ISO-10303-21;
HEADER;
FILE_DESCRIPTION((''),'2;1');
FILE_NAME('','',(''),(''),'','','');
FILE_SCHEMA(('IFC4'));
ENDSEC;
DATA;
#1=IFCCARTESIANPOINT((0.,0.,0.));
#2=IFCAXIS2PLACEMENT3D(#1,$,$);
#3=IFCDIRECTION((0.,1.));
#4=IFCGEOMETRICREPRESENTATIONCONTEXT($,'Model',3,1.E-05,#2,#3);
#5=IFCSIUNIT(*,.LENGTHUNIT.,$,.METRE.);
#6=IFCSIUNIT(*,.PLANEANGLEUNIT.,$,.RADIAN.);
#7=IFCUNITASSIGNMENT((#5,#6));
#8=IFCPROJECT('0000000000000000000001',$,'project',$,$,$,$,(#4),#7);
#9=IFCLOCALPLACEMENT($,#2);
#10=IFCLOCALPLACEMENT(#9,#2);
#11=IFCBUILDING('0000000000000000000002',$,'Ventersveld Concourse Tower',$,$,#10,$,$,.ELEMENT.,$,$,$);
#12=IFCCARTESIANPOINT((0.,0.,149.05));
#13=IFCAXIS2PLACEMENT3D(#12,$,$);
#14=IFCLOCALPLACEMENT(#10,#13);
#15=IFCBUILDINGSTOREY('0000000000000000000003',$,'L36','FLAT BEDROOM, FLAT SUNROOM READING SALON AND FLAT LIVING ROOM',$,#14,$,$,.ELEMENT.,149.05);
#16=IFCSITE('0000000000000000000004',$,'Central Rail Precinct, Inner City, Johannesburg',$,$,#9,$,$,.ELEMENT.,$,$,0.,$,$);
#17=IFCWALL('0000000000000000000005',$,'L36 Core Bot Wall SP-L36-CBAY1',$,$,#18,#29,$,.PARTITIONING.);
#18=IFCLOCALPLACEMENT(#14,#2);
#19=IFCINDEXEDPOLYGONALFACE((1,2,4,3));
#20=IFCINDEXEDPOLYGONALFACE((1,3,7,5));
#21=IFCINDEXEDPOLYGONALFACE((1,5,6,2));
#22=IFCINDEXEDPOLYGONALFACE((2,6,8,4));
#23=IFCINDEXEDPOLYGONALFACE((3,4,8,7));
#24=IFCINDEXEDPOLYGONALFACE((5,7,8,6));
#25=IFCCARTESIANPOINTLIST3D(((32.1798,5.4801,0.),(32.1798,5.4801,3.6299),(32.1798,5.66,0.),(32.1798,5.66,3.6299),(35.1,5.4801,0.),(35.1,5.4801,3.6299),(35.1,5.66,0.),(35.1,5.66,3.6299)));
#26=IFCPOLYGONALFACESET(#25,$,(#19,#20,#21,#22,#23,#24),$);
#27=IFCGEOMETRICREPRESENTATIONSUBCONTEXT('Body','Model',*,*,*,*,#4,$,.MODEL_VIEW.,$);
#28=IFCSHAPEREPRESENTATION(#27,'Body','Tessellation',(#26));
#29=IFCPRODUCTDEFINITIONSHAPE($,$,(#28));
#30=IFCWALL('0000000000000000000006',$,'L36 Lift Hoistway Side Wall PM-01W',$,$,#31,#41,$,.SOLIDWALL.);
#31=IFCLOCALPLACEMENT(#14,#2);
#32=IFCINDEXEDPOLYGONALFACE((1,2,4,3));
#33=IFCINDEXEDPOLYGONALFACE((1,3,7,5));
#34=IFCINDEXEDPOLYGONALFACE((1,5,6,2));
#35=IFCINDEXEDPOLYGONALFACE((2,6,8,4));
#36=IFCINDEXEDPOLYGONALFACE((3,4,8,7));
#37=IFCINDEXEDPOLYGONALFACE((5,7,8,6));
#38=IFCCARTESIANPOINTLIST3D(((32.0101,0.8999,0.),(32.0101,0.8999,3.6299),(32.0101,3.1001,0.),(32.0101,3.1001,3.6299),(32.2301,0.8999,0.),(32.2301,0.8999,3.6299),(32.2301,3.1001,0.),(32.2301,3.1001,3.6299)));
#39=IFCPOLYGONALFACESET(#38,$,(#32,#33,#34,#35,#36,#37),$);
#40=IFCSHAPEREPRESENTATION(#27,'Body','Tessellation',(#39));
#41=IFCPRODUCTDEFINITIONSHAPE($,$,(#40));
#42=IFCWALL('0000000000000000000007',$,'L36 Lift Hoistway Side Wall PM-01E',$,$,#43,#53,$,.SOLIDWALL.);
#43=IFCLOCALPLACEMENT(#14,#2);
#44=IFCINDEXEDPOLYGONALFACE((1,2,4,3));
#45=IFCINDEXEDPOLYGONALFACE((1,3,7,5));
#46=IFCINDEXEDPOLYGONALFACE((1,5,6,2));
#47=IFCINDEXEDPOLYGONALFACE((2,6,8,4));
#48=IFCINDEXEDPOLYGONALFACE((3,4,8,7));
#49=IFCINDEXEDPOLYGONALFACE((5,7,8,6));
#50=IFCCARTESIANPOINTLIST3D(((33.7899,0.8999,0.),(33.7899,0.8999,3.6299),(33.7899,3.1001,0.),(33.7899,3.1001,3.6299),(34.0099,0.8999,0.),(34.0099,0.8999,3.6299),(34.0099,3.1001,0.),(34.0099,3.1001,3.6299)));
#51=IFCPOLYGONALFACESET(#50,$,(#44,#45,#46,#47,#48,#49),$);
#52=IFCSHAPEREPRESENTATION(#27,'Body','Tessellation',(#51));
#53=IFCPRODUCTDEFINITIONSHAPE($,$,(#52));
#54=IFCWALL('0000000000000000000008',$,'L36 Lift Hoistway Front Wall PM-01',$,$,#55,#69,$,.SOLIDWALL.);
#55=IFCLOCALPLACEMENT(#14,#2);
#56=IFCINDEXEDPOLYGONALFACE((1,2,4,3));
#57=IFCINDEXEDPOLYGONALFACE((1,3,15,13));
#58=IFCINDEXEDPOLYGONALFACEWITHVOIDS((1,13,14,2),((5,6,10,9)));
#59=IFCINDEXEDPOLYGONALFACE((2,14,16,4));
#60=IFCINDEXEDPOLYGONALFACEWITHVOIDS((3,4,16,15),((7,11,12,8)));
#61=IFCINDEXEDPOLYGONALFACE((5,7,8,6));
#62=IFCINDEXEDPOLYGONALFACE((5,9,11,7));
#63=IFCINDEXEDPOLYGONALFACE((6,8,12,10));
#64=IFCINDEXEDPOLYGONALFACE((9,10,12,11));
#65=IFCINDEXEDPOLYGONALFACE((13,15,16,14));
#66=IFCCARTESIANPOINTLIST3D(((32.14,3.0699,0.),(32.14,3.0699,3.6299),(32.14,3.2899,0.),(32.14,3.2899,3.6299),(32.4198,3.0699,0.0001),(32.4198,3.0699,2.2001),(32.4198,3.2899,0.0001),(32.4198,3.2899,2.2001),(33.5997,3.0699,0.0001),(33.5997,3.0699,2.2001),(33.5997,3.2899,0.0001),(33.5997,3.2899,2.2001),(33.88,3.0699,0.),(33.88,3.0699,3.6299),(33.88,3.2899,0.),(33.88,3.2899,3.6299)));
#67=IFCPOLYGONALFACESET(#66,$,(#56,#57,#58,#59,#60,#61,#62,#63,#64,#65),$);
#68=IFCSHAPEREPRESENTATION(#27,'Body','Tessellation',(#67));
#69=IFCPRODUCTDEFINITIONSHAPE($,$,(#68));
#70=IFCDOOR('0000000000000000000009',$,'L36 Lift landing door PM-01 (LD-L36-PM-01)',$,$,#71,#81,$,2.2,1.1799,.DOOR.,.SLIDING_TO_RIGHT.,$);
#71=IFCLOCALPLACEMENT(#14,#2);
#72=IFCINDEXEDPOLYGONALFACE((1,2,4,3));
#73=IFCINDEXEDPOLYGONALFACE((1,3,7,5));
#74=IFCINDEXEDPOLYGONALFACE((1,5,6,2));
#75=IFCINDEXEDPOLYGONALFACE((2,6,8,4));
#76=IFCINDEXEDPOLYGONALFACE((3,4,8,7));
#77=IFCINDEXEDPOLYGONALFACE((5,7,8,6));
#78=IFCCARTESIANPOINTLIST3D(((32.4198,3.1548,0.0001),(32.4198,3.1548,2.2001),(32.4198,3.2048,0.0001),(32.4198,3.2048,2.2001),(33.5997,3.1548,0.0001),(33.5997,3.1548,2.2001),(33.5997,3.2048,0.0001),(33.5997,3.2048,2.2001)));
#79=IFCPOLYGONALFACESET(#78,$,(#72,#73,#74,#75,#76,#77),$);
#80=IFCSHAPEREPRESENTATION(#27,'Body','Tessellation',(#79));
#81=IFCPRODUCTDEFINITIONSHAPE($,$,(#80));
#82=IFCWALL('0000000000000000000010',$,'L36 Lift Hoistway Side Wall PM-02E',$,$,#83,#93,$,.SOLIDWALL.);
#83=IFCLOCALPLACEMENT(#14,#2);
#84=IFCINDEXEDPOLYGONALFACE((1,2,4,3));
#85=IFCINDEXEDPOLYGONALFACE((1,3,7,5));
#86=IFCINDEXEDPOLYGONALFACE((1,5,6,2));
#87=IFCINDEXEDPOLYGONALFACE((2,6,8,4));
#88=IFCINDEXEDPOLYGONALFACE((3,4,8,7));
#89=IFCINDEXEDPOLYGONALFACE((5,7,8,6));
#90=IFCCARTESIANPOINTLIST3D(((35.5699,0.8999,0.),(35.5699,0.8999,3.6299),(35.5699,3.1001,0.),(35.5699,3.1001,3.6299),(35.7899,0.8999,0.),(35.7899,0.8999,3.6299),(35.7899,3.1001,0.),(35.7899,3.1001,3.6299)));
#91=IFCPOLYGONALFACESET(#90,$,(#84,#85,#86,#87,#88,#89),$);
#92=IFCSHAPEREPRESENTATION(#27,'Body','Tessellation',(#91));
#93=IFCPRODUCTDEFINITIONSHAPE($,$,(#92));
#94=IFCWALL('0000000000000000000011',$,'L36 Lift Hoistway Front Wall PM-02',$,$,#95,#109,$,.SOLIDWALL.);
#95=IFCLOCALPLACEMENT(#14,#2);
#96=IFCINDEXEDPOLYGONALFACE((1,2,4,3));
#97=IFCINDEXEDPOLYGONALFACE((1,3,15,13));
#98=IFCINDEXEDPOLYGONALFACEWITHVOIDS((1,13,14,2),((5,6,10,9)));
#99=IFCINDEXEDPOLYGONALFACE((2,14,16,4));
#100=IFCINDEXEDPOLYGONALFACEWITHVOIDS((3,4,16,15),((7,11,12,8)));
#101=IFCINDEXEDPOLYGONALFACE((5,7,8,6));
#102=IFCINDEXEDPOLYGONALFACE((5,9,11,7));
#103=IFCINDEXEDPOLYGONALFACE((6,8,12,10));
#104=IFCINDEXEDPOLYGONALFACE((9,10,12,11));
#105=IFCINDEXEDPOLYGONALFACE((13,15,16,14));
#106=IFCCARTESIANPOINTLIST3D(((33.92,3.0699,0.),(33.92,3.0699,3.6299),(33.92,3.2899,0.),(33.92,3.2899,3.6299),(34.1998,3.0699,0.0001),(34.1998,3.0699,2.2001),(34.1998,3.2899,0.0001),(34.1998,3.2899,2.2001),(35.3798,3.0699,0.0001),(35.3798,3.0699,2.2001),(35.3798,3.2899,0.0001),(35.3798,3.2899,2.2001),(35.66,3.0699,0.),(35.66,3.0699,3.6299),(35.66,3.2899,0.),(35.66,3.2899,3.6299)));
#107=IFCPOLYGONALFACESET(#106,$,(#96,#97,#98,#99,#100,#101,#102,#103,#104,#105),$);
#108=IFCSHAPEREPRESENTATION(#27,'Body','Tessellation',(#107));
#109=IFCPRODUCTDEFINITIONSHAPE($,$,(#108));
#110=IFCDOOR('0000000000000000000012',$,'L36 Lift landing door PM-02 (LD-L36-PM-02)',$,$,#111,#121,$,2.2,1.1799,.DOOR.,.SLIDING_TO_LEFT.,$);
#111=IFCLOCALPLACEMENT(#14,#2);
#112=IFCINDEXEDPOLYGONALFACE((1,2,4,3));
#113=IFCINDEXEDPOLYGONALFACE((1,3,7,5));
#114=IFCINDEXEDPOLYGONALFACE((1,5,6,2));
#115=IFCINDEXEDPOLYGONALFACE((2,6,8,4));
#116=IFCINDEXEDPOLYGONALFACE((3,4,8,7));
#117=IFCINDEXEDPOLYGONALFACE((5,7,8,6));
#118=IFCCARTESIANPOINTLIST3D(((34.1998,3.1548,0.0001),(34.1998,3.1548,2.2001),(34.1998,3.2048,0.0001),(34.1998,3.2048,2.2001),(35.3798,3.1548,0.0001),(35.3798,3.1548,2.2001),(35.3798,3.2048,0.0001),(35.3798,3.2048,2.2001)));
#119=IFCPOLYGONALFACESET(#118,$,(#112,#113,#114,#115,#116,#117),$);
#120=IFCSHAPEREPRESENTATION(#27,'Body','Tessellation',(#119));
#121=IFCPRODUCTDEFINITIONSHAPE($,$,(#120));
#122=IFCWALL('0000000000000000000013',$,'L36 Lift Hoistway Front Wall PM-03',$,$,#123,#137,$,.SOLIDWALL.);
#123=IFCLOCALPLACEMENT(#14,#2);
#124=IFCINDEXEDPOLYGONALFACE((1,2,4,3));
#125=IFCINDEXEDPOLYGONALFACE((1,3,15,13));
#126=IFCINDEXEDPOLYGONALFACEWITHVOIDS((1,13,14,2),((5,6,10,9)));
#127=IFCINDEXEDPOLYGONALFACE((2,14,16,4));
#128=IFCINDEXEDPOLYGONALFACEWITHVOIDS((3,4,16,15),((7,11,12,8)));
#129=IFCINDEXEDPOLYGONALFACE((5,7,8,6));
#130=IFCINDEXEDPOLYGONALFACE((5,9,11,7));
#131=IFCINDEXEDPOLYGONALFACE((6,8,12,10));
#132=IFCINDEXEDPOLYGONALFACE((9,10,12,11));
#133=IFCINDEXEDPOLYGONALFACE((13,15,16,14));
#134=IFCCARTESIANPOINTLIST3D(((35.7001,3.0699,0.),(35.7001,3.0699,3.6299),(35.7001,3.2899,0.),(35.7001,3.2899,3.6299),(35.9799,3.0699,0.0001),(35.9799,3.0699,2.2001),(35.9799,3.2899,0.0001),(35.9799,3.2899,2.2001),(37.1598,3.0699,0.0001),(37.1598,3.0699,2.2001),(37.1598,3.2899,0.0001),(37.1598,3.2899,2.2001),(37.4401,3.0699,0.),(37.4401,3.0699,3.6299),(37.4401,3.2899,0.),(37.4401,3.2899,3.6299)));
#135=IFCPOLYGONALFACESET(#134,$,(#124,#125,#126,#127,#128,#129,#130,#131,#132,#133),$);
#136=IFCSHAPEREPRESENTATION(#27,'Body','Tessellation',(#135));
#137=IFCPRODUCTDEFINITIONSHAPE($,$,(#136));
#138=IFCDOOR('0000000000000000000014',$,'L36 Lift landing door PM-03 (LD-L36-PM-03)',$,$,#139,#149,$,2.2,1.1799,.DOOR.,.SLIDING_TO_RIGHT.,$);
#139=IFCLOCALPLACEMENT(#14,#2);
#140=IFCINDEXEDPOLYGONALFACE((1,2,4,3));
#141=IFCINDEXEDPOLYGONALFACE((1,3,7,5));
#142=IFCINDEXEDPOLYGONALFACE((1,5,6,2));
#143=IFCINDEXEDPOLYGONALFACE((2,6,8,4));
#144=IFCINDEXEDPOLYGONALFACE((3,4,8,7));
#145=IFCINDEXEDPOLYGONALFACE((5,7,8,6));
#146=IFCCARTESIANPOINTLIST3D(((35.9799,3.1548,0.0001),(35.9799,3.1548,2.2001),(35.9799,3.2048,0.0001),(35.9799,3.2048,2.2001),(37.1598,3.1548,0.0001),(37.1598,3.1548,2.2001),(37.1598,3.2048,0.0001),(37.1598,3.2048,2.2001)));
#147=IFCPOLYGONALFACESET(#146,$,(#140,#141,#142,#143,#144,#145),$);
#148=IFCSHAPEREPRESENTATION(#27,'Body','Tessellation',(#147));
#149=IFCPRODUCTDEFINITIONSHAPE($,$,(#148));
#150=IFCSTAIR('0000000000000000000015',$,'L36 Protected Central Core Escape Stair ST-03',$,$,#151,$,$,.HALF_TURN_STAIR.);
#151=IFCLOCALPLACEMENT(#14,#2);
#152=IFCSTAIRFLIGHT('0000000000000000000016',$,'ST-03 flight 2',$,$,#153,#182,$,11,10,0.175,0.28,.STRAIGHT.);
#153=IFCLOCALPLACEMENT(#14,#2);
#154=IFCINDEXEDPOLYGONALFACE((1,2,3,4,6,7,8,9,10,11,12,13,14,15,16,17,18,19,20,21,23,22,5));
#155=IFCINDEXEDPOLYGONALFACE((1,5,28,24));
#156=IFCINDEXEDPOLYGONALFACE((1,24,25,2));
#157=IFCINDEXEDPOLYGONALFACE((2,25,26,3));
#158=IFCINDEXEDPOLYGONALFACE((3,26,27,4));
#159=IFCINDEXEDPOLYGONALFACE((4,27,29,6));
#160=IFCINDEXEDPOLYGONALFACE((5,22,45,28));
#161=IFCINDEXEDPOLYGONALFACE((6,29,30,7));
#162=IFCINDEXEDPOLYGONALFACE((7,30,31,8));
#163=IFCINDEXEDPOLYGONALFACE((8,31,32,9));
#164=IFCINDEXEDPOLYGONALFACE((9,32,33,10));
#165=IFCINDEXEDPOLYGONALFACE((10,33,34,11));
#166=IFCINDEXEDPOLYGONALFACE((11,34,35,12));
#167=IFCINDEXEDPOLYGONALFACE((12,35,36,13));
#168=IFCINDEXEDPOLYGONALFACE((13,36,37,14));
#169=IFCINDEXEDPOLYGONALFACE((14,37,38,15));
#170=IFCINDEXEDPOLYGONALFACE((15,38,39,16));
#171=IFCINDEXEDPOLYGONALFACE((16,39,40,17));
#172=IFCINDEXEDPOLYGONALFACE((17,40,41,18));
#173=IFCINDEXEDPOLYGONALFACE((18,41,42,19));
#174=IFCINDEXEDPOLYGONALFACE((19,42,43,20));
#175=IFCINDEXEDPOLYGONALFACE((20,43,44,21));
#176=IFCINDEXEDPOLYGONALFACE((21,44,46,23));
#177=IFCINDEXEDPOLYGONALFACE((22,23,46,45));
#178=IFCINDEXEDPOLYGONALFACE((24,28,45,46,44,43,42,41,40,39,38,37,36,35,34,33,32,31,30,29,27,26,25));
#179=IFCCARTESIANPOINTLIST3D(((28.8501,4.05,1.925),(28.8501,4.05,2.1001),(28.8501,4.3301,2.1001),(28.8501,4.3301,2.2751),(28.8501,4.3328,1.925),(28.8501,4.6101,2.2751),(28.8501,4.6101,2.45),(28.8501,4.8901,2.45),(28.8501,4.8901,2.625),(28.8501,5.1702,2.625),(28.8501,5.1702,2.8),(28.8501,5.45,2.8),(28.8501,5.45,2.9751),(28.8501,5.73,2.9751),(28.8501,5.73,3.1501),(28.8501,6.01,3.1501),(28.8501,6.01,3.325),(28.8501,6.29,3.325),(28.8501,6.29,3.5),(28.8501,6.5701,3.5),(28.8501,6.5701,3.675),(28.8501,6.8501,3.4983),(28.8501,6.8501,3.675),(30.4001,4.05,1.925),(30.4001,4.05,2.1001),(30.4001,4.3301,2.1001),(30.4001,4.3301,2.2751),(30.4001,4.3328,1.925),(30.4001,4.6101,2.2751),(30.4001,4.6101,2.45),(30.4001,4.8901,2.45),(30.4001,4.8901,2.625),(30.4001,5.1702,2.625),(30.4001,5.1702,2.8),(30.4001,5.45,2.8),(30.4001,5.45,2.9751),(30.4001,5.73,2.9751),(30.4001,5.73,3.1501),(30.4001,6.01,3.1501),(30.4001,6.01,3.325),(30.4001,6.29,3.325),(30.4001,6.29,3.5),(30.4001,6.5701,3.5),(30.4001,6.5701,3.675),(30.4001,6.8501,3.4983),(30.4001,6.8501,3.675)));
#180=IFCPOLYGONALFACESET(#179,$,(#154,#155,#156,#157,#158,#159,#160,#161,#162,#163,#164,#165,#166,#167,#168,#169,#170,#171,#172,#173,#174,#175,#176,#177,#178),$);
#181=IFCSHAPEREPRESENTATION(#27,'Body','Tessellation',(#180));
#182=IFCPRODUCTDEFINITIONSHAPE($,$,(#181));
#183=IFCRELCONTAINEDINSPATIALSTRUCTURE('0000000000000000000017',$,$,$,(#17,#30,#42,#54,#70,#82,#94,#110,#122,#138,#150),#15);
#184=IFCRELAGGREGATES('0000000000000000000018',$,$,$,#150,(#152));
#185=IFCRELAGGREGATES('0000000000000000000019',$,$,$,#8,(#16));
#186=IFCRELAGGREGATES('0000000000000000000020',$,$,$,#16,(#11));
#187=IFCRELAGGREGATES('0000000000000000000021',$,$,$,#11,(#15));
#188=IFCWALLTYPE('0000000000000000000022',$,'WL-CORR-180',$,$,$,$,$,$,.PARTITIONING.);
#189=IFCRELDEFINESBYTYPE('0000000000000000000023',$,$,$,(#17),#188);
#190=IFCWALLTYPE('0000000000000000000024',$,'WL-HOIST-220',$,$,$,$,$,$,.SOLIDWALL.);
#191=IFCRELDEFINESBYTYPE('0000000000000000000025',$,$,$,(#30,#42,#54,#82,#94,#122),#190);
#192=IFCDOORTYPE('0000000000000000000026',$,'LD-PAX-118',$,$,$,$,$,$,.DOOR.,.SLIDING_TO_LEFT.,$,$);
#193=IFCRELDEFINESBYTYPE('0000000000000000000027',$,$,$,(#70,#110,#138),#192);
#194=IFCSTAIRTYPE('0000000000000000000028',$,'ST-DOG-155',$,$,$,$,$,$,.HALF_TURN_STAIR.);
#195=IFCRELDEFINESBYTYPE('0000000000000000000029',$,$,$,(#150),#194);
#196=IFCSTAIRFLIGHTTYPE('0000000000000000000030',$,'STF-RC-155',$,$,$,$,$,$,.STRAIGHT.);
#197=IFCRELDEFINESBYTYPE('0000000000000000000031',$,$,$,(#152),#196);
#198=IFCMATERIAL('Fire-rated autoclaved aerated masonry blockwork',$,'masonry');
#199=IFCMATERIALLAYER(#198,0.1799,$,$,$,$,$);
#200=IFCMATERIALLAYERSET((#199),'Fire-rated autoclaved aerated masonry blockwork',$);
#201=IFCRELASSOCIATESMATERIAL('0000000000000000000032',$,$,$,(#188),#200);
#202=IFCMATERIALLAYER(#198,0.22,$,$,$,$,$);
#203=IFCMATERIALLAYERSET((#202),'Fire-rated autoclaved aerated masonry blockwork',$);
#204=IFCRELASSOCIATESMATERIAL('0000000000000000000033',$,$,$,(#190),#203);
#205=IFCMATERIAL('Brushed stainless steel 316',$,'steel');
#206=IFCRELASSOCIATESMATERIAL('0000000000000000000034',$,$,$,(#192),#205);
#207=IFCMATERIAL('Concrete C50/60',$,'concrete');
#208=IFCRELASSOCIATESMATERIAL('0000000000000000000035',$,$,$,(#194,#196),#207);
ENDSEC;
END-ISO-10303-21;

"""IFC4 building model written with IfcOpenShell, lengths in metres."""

from ifc_helpers import new_model, si_unit, direction, frame, frame_2d, origin, place, context, subcontext, project, spatial, polyline, rectangle, outline, extrude, material, layer, layer_set, type_object, element, fill, aggregate, save


model = new_model("IFC4")

# Units and contexts
model_context = context("Model", 3, precision=1e-05, world=origin(), true_north=direction((0.0, 1.0)))
body_context = subcontext(model_context, "Body", "Model", "MODEL_VIEW")
ifc_project = project(units=[si_unit("LENGTHUNIT", "METRE"), si_unit("PLANEANGLEUNIT", "RADIAN")], contexts=[model_context])

# Site, building, storey
site_placement = place(None, origin())
site = spatial("IfcSite", under=ifc_project, at=site_placement, Name="Central Rail Precinct, Inner City, Johannesburg", CompositionType="ELEMENT", RefElevation=0.0)
building_placement = place(site_placement, origin())
building = spatial("IfcBuilding", under=site, at=building_placement, Name="Ventersveld Concourse Tower", CompositionType="ELEMENT")
storey_placement = place(building_placement, frame((0.0, 0.0, 149.05)))
storey = spatial("IfcBuildingStorey", under=building, at=storey_placement, Name="L36", Description="FLAT BEDROOM, FLAT SUNROOM READING SALON AND FLAT LIVING ROOM", CompositionType="ELEMENT", Elevation=149.05)

# Shared definitions
ifc_material_1 = material(Name="Concrete C50/60", Category="concrete")

# Walls
ifc_material_2 = material(Name="Fire-rated autoclaved aerated masonry blockwork", Category="masonry")
ifc_layer_1 = layer(ifc_material_2, 0.1799)
ifc_layer_set_1 = layer_set([ifc_layer_1], Name="Fire-rated autoclaved aerated masonry blockwork")
wall_type_1 = type_object("IfcWallType", Name="WL-CORR-180", PredefinedType="PARTITIONING", material=ifc_layer_set_1)
wall_1_placement = place(storey_placement, frame((32.1799, 5.5701, 0.0), z_axis=(0.0, 0.0, 1.0), x_axis=(1.0, 0.0, 0.0)))
element("IfcWall", 1, at=wall_1_placement, inside=storey, type_object=wall_type_1, Name="L36 Core Bot Wall SP-L36-CBAY1", PredefinedType="PARTITIONING", context=body_context, shape_type="SweptSolid", body=[
    extrude(rectangle(XDim=2.9202, YDim=0.1799, at=frame_2d((1.46, 0.0))), origin(), (0.0, 0.0, 1.0), 3.6299),
])
ifc_layer_2 = layer(ifc_material_2, 0.22)
ifc_layer_set_2 = layer_set([ifc_layer_2], Name="Fire-rated autoclaved aerated masonry blockwork")
wall_type_2 = type_object("IfcWallType", Name="WL-HOIST-220", PredefinedType="SOLIDWALL", material=ifc_layer_set_2)
for number, where, z_axis, x_axis, name in (
    (2, (32.1201, 0.8999, 0.0), (0.0, 0.0, 1.0), (0.0, 1.0, 0.0), "L36 Lift Hoistway Side Wall PM-01W"),
    (3, (33.8999, 0.8999, 0.0), (0.0, 0.0, 1.0), (0.0, 1.0, 0.0), "L36 Lift Hoistway Side Wall PM-01E"),
):
    element("IfcWall", number, at=place(storey_placement, frame(where, z_axis=z_axis, x_axis=x_axis)), inside=storey, type_object=wall_type_2, Name=name, PredefinedType="SOLIDWALL", context=body_context, shape_type="SweptSolid", body=[
        extrude(rectangle(XDim=2.2002, YDim=0.22, at=frame_2d((1.1001, 0.0))), origin(), (0.0, 0.0, 1.0), 3.6299),
    ])

# Wall, opening, door
wall_2_placement = place(storey_placement, frame((32.1399, 3.1799, 0.0), z_axis=(0.0, 0.0, 1.0), x_axis=(1.0, 0.0, 0.0)))
wall_2 = element("IfcWall", 4, at=wall_2_placement, inside=storey, type_object=wall_type_2, Name="L36 Lift Hoistway Front Wall PM-01", PredefinedType="SOLIDWALL", context=body_context, shape_type="SweptSolid", body=[
    extrude(rectangle(XDim=1.74, YDim=0.22, at=frame_2d((0.8701, 0.0))), origin(), (0.0, 0.0, 1.0), 3.6299),
])
opening_1_placement = place(wall_2_placement, frame((0.28, 0.0, 0.0)))
opening_1 = element("IfcOpeningElement", 5, at=opening_1_placement, cuts=wall_2, PredefinedType="OPENING", context=body_context, shape_type="SweptSolid", body=[
    extrude(rectangle(XDim=1.1799, YDim=2.2, at=frame_2d((0.5898, 1.1001))), frame((0.0, 0.1201, 0.0), z_axis=(0.0, -1.0, 0.0), x_axis=(1.0, 0.0, 0.0)), (0.0, 0.0, 1.0), 0.24),
])
ifc_material_3 = material(Name="Brushed stainless steel 316", Category="steel")
door_type = type_object("IfcDoorType", Name="LD-PAX-118", OperationType="SLIDING_TO_LEFT", PredefinedType="DOOR", material=ifc_material_3)
door_1_placement = place(opening_1_placement, origin())
door_1 = element("IfcDoor", 6, at=door_1_placement, inside=storey, type_object=door_type, Name="L36 Lift landing door PM-01 (LD-L36-PM-01)", OperationType="SLIDING_TO_RIGHT", OverallHeight=2.2, OverallWidth=1.1799, PredefinedType="DOOR", context=body_context, shape_type="SweptSolid", body=[
    extrude(rectangle(XDim=1.1799, YDim=2.2, at=frame_2d((0.5898, 1.1001))), frame((0.0, 0.0249, 0.0), z_axis=(0.0, -1.0, 0.0), x_axis=(1.0, 0.0, 0.0)), (0.0, 0.0, 1.0), 0.05),
])
fill(opening_1, door_1)

# Wall
wall_3_placement = place(storey_placement, frame((35.6799, 0.8999, 0.0), z_axis=(0.0, 0.0, 1.0), x_axis=(0.0, 1.0, 0.0)))
element("IfcWall", 7, at=wall_3_placement, inside=storey, type_object=wall_type_2, Name="L36 Lift Hoistway Side Wall PM-02E", PredefinedType="SOLIDWALL", context=body_context, shape_type="SweptSolid", body=[
    extrude(rectangle(XDim=2.2002, YDim=0.22, at=frame_2d((1.1001, 0.0))), origin(), (0.0, 0.0, 1.0), 3.6299),
])

# Walls, openings, doors
wall_4_placement = place(storey_placement, frame((33.9199, 3.1799, 0.0), z_axis=(0.0, 0.0, 1.0), x_axis=(1.0, 0.0, 0.0)))
wall_4 = element("IfcWall", 8, at=wall_4_placement, inside=storey, type_object=wall_type_2, Name="L36 Lift Hoistway Front Wall PM-02", PredefinedType="SOLIDWALL", context=body_context, shape_type="SweptSolid", body=[
    extrude(rectangle(XDim=1.74, YDim=0.22, at=frame_2d((0.8701, 0.0))), origin(), (0.0, 0.0, 1.0), 3.6299),
])
opening_2_placement = place(wall_4_placement, frame((0.28, 0.0, 0.0)))
opening_2 = element("IfcOpeningElement", 9, at=opening_2_placement, cuts=wall_4, PredefinedType="OPENING", context=body_context, shape_type="SweptSolid", body=[
    extrude(rectangle(XDim=1.1799, YDim=2.2, at=frame_2d((0.5898, 1.1001))), frame((0.0, 0.1201, 0.0), z_axis=(0.0, -1.0, 0.0), x_axis=(1.0, 0.0, 0.0)), (0.0, 0.0, 1.0), 0.24),
])
door_2_placement = place(opening_2_placement, origin())
door_2 = element("IfcDoor", 10, at=door_2_placement, inside=storey, type_object=door_type, Name="L36 Lift landing door PM-02 (LD-L36-PM-02)", OperationType="SLIDING_TO_LEFT", OverallHeight=2.2, OverallWidth=1.1799, PredefinedType="DOOR", context=body_context, shape_type="SweptSolid", body=[
    extrude(rectangle(XDim=1.1799, YDim=2.2, at=frame_2d((0.5898, 1.1001))), frame((0.0, 0.0249, 0.0), z_axis=(0.0, -1.0, 0.0), x_axis=(1.0, 0.0, 0.0)), (0.0, 0.0, 1.0), 0.05),
])
fill(opening_2, door_2)
wall_5_placement = place(storey_placement, frame((35.7, 3.1799, 0.0), z_axis=(0.0, 0.0, 1.0), x_axis=(1.0, 0.0, 0.0)))
wall_5 = element("IfcWall", 11, at=wall_5_placement, inside=storey, type_object=wall_type_2, Name="L36 Lift Hoistway Front Wall PM-03", PredefinedType="SOLIDWALL", context=body_context, shape_type="SweptSolid", body=[
    extrude(rectangle(XDim=1.74, YDim=0.22, at=frame_2d((0.8701, 0.0))), origin(), (0.0, 0.0, 1.0), 3.6299),
])
opening_3_placement = place(wall_5_placement, frame((0.28, 0.0, 0.0)))
opening_3 = element("IfcOpeningElement", 12, at=opening_3_placement, cuts=wall_5, PredefinedType="OPENING", context=body_context, shape_type="SweptSolid", body=[
    extrude(rectangle(XDim=1.1799, YDim=2.2, at=frame_2d((0.5898, 1.1001))), frame((0.0, 0.1201, 0.0), z_axis=(0.0, -1.0, 0.0), x_axis=(1.0, 0.0, 0.0)), (0.0, 0.0, 1.0), 0.24),
])
door_3_placement = place(opening_3_placement, origin())
door_3 = element("IfcDoor", 13, at=door_3_placement, inside=storey, type_object=door_type, Name="L36 Lift landing door PM-03 (LD-L36-PM-03)", OperationType="SLIDING_TO_RIGHT", OverallHeight=2.2, OverallWidth=1.1799, PredefinedType="DOOR", context=body_context, shape_type="SweptSolid", body=[
    extrude(rectangle(XDim=1.1799, YDim=2.2, at=frame_2d((0.5898, 1.1001))), frame((0.0, 0.0249, 0.0), z_axis=(0.0, -1.0, 0.0), x_axis=(1.0, 0.0, 0.0)), (0.0, 0.0, 1.0), 0.05),
])
fill(opening_3, door_3)

# Stair, stair flight
stair_type = type_object("IfcStairType", Name="ST-DOG-155", PredefinedType="HALF_TURN_STAIR", material=ifc_material_1)
stair_placement = place(storey_placement, origin())
stair = element("IfcStair", 14, at=stair_placement, inside=storey, type_object=stair_type, Name="L36 Protected Central Core Escape Stair ST-03", PredefinedType="HALF_TURN_STAIR")
stair_flight_type = type_object("IfcStairFlightType", Name="STF-RC-155", PredefinedType="STRAIGHT", material=ifc_material_1)
stair_flight_placement = place(storey_placement, frame((29.625, 4.05, 1.925), z_axis=(0.0, 0.0, 1.0), x_axis=(0.0, 1.0, 0.0)))
stair_flight = element("IfcStairFlight", 15, at=stair_flight_placement, type_object=stair_flight_type, Name="ST-03 flight 2", NumberOfRisers=11, NumberOfTreads=10, PredefinedType="STRAIGHT", RiserHeight=0.175, TreadLength=0.28, context=body_context, shape_type="SweptSolid", body=[
    extrude(outline(polyline([(0.0, 0.0), (0.0, 0.175), (0.28, 0.175), (0.28, 0.3501), (0.5601, 0.3501), (0.5601, 0.5249), (0.8401, 0.5249), (0.8401, 0.7), (1.1201, 0.7), (1.1201, 0.875), (1.3999, 0.875), (1.3999, 1.05), (1.6799, 1.05), (1.6799, 1.2251), (1.96, 1.2251), (1.96, 1.3999), (2.24, 1.3999), (2.24, 1.575), (2.52, 1.575), (2.52, 1.75), (2.8, 1.75), (2.8, 1.925), (2.8, 1.5732), (0.2827, 0.0), (0.0, 0.0)])), frame((0.0, 0.7749, 0.0), z_axis=(0.0, -1.0, 0.0), x_axis=(1.0, 0.0, 0.0)), (0.0, 0.0, 1.0), 1.55),
])
aggregate(stair, [stair_flight])

save(model, "model.ifc")
